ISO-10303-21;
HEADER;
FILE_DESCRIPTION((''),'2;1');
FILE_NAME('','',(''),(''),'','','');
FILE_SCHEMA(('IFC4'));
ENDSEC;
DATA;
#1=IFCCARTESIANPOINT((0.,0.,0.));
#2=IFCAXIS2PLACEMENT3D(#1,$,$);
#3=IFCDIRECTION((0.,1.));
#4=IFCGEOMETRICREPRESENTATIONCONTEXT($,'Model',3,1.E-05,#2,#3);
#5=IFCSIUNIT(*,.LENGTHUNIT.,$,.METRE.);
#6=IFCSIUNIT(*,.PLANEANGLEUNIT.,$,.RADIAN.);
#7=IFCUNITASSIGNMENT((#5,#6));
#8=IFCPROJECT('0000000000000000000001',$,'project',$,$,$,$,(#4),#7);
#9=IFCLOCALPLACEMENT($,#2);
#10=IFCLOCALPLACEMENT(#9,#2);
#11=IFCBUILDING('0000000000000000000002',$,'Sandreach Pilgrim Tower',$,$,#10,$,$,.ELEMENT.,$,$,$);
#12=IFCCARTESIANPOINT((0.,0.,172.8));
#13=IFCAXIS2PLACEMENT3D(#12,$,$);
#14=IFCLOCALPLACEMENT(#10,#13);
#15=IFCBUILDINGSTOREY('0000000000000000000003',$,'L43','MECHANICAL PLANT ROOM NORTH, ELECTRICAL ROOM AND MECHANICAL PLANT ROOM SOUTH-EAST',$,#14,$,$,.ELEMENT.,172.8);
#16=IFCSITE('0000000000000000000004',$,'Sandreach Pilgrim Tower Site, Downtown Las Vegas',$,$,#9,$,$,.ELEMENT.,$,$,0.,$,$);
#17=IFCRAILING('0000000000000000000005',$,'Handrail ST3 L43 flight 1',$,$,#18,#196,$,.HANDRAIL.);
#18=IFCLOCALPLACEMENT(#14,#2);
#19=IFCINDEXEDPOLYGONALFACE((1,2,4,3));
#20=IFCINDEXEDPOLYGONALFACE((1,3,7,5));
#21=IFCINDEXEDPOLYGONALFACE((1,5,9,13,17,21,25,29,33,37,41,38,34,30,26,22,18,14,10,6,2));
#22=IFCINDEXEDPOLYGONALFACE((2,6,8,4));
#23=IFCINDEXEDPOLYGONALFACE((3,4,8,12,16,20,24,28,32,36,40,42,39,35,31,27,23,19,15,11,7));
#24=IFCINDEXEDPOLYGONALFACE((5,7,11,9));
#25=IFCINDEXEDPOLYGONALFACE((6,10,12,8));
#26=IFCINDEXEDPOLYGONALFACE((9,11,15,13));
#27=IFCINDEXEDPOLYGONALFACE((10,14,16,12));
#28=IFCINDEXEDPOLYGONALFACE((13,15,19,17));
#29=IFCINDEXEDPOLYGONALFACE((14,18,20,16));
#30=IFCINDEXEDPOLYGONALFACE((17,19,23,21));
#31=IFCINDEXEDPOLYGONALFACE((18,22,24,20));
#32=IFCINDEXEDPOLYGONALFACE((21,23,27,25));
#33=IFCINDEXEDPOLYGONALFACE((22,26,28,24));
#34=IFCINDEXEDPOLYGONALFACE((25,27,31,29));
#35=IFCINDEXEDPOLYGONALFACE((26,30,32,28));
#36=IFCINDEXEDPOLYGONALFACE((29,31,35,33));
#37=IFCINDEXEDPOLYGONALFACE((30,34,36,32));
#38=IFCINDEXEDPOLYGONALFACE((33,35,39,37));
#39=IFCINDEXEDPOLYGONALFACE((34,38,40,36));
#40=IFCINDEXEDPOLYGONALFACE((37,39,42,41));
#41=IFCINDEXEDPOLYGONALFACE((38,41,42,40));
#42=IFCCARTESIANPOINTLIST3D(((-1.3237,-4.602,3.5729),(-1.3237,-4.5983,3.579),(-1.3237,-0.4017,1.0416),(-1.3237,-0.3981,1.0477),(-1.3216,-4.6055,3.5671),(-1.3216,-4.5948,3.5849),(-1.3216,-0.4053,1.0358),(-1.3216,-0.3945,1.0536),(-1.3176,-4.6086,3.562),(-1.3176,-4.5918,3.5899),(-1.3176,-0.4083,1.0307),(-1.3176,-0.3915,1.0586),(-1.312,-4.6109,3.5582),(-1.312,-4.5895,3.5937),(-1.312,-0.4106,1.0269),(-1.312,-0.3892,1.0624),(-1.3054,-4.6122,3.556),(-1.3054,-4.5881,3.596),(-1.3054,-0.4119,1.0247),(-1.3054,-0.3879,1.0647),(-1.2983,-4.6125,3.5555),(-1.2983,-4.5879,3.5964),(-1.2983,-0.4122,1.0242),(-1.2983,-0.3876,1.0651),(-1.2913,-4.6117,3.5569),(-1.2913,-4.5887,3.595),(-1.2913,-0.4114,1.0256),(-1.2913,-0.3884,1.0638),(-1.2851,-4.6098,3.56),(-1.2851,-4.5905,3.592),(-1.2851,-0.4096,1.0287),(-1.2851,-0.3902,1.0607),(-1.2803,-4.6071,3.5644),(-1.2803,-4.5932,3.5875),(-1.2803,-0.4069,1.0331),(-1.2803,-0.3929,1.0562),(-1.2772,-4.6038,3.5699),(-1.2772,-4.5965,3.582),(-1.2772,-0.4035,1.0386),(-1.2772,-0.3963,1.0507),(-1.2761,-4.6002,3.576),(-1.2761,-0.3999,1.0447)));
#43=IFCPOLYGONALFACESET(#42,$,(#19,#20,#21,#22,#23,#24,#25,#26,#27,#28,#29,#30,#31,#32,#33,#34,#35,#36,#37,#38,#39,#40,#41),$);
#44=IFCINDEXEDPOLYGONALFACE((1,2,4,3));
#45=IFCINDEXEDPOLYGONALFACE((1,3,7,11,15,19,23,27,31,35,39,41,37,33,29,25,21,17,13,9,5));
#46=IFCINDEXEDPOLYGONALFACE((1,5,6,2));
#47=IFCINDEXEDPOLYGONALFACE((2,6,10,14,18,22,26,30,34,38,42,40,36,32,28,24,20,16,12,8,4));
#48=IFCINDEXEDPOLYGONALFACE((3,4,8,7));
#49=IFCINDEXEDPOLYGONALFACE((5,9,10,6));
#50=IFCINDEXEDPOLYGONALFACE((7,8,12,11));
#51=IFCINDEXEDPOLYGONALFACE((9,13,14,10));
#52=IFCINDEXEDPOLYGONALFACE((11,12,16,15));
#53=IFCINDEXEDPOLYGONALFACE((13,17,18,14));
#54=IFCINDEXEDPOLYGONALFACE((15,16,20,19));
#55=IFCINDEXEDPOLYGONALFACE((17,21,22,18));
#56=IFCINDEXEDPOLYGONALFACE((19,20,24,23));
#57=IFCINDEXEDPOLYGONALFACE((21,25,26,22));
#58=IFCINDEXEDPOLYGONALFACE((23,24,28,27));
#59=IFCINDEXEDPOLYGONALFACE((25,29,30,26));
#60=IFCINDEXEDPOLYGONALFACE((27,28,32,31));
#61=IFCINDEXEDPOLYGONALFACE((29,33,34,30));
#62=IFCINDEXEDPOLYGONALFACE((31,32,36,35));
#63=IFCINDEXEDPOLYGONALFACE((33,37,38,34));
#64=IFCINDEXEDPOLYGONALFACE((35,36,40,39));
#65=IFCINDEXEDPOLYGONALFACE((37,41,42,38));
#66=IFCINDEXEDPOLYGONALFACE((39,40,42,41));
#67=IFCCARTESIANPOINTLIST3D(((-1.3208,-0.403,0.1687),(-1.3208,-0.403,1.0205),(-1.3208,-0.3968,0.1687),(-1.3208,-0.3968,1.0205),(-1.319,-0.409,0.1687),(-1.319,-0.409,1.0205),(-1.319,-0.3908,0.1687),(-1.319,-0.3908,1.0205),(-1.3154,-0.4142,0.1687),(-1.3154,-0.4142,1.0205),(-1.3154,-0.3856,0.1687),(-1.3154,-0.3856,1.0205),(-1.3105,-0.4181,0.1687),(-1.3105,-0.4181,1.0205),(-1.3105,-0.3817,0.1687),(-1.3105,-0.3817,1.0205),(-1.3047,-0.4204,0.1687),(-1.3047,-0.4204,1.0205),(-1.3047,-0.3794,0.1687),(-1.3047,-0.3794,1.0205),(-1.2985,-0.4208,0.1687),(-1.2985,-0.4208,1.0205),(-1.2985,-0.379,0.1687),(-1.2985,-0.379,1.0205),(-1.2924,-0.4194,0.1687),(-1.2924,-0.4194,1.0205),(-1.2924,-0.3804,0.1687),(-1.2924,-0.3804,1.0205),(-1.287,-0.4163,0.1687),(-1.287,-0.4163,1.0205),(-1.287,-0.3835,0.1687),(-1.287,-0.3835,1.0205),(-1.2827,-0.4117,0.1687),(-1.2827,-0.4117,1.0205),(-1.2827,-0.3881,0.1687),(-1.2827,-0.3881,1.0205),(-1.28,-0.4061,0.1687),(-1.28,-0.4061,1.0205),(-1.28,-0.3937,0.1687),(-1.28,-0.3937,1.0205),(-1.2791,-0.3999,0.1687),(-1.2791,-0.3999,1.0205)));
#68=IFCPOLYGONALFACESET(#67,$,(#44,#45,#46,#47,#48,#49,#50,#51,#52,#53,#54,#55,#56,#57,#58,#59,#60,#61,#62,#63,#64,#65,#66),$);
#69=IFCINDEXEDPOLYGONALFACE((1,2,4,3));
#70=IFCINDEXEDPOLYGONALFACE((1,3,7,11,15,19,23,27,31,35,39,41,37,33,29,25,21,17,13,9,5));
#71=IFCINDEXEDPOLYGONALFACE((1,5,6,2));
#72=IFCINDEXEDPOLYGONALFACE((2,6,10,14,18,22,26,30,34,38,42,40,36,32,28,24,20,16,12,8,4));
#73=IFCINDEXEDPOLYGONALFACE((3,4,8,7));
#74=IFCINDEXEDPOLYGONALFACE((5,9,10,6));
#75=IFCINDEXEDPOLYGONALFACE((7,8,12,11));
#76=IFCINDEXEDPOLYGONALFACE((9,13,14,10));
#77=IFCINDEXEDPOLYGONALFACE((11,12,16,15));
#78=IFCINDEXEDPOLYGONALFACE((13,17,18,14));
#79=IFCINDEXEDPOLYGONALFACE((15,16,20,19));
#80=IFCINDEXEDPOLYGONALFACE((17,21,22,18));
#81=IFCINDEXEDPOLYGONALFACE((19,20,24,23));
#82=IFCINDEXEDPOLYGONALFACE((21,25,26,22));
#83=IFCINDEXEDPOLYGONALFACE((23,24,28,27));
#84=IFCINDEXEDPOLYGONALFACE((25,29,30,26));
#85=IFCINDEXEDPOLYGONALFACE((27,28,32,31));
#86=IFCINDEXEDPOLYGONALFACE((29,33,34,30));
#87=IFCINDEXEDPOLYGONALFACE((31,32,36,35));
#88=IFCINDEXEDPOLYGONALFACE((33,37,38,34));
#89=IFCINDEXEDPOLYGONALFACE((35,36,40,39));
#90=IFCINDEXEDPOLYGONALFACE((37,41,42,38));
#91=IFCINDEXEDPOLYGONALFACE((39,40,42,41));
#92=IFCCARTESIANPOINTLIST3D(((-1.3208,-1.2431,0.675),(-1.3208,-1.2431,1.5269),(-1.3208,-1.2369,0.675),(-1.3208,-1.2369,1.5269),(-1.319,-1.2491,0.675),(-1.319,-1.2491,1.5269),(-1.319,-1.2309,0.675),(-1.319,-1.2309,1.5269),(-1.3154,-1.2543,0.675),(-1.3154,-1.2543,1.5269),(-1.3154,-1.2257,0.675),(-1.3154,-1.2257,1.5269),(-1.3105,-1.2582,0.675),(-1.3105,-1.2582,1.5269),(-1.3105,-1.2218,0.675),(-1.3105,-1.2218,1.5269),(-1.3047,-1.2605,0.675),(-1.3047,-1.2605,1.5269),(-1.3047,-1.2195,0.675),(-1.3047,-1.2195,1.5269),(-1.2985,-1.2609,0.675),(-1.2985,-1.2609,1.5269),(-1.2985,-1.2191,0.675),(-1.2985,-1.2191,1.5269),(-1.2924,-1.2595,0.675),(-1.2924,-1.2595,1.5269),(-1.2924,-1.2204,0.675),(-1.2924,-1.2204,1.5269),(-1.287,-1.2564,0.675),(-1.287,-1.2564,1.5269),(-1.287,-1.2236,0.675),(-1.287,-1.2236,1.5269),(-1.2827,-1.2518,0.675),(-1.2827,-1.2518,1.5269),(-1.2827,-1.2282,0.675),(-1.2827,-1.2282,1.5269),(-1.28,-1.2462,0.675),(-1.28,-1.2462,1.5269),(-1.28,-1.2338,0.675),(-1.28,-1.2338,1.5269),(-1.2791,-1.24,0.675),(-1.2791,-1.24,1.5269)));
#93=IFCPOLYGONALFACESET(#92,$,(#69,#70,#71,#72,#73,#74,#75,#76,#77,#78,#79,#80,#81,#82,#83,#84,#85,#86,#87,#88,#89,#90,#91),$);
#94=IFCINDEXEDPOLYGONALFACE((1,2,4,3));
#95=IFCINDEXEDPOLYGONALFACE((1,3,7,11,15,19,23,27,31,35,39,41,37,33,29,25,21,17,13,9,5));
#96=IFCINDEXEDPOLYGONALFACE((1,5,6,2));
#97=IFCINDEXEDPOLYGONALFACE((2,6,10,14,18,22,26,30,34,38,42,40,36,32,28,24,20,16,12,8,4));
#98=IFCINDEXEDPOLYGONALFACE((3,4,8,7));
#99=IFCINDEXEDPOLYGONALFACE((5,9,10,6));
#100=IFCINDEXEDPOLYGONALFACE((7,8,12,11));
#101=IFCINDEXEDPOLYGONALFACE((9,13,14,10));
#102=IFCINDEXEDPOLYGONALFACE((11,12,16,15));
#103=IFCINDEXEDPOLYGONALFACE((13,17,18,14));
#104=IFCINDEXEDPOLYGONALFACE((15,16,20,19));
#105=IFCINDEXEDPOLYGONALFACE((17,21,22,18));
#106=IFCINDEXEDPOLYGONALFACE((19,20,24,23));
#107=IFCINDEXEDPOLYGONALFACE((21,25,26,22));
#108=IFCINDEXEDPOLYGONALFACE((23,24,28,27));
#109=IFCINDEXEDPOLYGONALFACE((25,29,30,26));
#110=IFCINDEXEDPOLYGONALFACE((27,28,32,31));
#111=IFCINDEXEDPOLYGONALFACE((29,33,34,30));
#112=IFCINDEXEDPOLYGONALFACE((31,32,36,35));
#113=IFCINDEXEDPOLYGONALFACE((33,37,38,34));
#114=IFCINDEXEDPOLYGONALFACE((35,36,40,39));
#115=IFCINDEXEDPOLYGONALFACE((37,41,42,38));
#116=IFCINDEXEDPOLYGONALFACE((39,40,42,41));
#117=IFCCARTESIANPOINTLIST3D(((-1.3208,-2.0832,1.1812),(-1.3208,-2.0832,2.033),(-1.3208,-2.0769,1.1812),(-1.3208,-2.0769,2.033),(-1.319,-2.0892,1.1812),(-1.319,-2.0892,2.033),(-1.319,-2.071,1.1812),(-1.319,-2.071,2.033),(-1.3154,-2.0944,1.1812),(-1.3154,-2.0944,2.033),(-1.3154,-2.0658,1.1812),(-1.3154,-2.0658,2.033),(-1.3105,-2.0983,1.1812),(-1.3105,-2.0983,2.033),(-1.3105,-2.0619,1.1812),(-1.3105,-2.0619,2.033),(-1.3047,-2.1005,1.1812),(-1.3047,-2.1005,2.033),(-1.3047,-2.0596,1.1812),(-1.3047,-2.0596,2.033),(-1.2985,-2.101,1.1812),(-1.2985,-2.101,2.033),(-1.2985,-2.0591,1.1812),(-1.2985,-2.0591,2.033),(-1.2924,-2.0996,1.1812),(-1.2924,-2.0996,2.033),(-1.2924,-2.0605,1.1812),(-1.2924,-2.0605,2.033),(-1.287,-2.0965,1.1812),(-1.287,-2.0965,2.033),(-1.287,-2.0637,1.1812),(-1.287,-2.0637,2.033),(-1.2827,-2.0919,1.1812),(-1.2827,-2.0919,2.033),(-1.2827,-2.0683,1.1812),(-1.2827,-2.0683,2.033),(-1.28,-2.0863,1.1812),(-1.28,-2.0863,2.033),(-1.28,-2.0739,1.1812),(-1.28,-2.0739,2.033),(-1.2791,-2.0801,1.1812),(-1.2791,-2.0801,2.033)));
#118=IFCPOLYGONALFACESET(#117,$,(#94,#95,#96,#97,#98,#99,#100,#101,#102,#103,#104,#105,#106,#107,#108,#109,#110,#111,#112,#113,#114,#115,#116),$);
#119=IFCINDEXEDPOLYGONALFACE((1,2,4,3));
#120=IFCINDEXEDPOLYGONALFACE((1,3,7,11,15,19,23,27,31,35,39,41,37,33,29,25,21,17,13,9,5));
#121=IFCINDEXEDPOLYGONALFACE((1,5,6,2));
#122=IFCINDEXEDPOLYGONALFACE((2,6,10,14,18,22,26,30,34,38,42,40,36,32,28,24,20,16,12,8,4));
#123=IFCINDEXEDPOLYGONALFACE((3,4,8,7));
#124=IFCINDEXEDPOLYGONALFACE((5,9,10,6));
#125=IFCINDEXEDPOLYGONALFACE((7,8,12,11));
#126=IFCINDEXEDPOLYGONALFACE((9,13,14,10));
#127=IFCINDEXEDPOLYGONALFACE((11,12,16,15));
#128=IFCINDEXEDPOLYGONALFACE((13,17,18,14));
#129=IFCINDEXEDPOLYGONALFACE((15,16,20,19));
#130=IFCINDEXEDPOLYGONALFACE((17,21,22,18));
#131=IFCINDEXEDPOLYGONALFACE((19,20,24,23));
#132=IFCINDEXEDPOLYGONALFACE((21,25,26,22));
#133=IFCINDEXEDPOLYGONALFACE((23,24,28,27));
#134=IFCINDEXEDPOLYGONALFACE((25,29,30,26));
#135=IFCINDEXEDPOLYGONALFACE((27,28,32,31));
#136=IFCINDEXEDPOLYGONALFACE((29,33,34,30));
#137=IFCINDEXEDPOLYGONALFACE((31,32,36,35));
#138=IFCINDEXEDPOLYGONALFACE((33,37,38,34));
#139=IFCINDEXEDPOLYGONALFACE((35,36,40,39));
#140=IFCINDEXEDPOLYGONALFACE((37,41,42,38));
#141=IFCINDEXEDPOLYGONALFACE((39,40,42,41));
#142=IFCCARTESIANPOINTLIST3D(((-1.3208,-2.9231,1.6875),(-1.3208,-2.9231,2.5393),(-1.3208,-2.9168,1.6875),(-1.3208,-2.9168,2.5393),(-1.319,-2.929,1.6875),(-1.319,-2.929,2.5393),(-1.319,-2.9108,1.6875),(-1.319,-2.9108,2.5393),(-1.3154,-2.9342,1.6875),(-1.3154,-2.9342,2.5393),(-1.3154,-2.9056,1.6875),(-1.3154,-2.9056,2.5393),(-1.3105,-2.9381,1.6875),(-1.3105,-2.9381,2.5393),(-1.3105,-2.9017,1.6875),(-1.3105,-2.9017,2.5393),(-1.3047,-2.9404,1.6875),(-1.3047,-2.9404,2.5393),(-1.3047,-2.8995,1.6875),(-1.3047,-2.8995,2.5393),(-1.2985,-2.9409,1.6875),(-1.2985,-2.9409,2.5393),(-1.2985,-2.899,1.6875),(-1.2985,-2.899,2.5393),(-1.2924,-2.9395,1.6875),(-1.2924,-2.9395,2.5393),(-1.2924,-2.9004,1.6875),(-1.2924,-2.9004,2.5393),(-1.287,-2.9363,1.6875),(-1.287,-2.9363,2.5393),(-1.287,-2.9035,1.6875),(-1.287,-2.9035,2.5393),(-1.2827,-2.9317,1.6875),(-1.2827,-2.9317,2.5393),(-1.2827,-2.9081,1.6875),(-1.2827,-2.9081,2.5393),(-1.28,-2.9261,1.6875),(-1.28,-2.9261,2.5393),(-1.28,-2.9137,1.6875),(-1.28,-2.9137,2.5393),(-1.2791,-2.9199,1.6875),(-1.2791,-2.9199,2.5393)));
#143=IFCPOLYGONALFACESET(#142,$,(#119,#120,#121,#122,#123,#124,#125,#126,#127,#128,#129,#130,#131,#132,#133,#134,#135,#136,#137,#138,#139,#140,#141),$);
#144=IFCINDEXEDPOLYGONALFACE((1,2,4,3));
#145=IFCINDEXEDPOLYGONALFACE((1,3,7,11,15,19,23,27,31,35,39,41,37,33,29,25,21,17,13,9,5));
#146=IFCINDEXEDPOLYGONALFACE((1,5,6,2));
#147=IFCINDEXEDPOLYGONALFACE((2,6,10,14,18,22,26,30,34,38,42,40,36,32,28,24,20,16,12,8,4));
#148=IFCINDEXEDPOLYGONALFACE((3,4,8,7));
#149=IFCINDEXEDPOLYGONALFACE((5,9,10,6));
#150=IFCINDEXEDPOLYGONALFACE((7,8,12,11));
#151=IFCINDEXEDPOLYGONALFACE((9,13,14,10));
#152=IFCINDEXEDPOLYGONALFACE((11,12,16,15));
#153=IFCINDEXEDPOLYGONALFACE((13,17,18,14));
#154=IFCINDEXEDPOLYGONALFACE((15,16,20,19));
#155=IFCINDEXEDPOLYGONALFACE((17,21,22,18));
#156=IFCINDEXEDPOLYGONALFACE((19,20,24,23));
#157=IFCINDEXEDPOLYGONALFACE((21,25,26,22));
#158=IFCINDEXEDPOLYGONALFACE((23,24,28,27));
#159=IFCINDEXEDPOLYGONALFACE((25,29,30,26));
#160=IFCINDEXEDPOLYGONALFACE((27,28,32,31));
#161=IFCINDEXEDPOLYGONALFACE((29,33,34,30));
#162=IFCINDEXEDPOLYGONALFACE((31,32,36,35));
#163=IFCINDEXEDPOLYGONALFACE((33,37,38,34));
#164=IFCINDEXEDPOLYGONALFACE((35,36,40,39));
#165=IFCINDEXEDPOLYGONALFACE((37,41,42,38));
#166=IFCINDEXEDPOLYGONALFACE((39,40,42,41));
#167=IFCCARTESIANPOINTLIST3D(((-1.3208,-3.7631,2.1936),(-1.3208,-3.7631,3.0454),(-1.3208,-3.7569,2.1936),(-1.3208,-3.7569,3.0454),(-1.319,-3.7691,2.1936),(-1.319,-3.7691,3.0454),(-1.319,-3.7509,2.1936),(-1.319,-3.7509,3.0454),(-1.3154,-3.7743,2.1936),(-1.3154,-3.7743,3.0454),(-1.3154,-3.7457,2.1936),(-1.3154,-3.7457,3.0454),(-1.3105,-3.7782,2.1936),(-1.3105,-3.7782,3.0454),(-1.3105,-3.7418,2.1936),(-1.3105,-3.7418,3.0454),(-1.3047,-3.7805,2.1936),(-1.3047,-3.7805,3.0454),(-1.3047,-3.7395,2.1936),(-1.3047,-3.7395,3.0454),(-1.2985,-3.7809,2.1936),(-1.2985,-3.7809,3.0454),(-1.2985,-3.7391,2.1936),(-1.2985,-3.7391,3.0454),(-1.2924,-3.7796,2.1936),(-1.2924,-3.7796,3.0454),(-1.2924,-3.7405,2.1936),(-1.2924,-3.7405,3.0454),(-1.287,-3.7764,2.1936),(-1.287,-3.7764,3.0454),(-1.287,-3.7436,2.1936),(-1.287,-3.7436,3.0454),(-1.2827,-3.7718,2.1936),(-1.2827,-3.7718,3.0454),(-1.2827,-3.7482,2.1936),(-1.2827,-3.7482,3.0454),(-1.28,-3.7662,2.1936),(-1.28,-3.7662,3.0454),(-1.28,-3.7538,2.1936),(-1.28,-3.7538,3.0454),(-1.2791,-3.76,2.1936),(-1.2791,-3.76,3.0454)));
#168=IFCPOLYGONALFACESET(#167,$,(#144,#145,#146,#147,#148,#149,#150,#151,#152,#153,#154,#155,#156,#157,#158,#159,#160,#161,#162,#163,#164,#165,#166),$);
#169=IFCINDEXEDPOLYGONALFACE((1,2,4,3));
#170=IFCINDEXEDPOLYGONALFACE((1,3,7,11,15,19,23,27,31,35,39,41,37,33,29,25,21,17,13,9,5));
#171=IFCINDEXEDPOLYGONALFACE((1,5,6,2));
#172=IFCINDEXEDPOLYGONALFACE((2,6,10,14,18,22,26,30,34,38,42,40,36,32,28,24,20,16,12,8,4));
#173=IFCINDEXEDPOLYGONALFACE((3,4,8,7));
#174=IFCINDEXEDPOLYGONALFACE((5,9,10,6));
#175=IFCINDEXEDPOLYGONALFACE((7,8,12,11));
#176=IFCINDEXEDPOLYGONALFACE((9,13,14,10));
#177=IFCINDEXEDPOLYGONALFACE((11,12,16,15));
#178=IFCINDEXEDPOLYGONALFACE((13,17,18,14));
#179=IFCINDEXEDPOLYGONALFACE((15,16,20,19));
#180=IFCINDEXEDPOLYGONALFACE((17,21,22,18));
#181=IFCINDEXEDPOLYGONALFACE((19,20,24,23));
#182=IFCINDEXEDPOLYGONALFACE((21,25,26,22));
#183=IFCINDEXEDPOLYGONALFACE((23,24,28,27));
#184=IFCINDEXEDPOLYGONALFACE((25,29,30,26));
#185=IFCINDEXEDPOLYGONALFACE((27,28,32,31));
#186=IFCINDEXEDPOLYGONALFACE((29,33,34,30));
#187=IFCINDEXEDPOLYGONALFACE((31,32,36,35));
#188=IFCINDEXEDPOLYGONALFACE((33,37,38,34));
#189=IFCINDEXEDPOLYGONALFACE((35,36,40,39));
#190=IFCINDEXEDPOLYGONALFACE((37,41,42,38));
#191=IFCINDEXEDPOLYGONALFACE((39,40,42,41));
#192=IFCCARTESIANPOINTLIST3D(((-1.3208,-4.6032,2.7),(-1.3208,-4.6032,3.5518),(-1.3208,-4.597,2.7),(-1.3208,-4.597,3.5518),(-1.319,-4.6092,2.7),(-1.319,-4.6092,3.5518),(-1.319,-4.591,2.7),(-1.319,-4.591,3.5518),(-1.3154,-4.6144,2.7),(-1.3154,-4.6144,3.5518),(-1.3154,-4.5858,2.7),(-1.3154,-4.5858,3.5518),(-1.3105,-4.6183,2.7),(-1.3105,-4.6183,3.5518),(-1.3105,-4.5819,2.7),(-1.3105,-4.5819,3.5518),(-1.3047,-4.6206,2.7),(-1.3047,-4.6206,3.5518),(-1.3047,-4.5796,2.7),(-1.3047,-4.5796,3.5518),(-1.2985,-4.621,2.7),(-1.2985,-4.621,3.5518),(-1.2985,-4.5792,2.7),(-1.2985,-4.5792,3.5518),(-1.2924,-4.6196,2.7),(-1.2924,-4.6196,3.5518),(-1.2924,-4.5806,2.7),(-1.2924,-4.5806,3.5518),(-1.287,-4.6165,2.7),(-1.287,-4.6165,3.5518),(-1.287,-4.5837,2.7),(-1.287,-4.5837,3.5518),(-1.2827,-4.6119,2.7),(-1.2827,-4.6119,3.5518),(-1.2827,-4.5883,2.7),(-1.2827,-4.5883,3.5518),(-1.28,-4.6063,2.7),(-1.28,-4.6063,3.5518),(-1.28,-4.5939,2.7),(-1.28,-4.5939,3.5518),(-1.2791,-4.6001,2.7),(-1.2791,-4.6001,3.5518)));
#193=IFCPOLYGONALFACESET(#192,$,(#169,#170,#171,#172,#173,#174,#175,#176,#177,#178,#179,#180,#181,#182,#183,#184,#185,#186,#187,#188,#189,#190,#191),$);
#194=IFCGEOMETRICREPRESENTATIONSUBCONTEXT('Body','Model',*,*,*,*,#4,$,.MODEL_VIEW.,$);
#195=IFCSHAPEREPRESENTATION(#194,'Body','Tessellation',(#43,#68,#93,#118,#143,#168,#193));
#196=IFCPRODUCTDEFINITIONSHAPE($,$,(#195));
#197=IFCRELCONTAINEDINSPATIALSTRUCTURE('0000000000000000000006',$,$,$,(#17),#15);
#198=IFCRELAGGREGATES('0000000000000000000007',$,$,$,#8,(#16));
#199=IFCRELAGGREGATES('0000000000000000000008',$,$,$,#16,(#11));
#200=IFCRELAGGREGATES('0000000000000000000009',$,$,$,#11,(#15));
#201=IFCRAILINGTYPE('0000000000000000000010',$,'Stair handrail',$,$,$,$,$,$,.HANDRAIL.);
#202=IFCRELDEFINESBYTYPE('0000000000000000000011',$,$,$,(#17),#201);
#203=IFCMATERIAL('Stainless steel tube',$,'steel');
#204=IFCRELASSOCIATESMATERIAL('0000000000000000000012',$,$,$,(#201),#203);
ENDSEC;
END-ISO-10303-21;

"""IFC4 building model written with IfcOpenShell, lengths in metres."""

from ifc_helpers import new_model, si_unit, direction, frame, origin, origin_2d, place, context, subcontext, project, spatial, circle, extrude, material, type_object, element, save


model = new_model("IFC4")

# Units and contexts
model_context = context("Model", 3, precision=1e-05, world=origin(), true_north=direction((0.0, 1.0)))
body_context = subcontext(model_context, "Body", "Model", "MODEL_VIEW")
ifc_project = project(units=[si_unit("LENGTHUNIT", "METRE"), si_unit("PLANEANGLEUNIT", "RADIAN")], contexts=[model_context])

# Site, building, storey
site_placement = place(None, origin())
site = spatial("IfcSite", under=ifc_project, at=site_placement, Name="Sandreach Pilgrim Tower Site, Downtown Las Vegas", CompositionType="ELEMENT", RefElevation=0.0)
building_placement = place(site_placement, origin())
building = spatial("IfcBuilding", under=site, at=building_placement, Name="Sandreach Pilgrim Tower", CompositionType="ELEMENT")
storey_placement = place(building_placement, frame((0.0, 0.0, 172.8)))
storey = spatial("IfcBuildingStorey", under=building, at=storey_placement, Name="L43", Description="MECHANICAL PLANT ROOM NORTH, ELECTRICAL ROOM AND MECHANICAL PLANT ROOM SOUTH-EAST", CompositionType="ELEMENT", Elevation=172.8)

# Railing
ifc_material_1 = material(Name="Stainless steel tube", Category="steel")
railing_type = type_object("IfcRailingType", Name="Stair handrail", PredefinedType="HANDRAIL", material=ifc_material_1)
for number, where, name in (
    (1, (-1.3, -0.3999, 0.1687), "Handrail ST3 L43 flight 1"),
):
    element("IfcRailing", number, at=place(storey_placement, frame(where)), inside=storey, type_object=railing_type, Name=name, PredefinedType="HANDRAIL", context=body_context, shape_type="SweptSolid", body=[
        extrude(circle(Radius=0.0239, at=origin_2d()), frame((0.0, 0.0, 0.876), z_axis=(0.0, -0.85649, 0.516164), x_axis=(1.0, 0.0, 0.0)), (0.0, 0.0, 1.0), 4.9041),
        extrude(circle(Radius=0.021, at=origin_2d()), origin(), (0.0, 0.0, 1.0), 0.8518),
        extrude(circle(Radius=0.021, at=origin_2d()), frame((0.0, -0.8401, 0.5063)), (0.0, 0.0, 1.0), 0.8518),
        extrude(circle(Radius=0.021, at=origin_2d()), frame((0.0, -1.6802, 1.0125)), (0.0, 0.0, 1.0), 0.8518),
        extrude(circle(Radius=0.021, at=origin_2d()), frame((0.0, -2.52, 1.5188)), (0.0, 0.0, 1.0), 0.8518),
        extrude(circle(Radius=0.021, at=origin_2d()), frame((0.0, -3.3601, 2.0249)), (0.0, 0.0, 1.0), 0.8518),
        extrude(circle(Radius=0.021, at=origin_2d()), frame((0.0, -4.2002, 2.5312)), (0.0, 0.0, 1.0), 0.8518),
    ])

save(model, "model.ifc")
